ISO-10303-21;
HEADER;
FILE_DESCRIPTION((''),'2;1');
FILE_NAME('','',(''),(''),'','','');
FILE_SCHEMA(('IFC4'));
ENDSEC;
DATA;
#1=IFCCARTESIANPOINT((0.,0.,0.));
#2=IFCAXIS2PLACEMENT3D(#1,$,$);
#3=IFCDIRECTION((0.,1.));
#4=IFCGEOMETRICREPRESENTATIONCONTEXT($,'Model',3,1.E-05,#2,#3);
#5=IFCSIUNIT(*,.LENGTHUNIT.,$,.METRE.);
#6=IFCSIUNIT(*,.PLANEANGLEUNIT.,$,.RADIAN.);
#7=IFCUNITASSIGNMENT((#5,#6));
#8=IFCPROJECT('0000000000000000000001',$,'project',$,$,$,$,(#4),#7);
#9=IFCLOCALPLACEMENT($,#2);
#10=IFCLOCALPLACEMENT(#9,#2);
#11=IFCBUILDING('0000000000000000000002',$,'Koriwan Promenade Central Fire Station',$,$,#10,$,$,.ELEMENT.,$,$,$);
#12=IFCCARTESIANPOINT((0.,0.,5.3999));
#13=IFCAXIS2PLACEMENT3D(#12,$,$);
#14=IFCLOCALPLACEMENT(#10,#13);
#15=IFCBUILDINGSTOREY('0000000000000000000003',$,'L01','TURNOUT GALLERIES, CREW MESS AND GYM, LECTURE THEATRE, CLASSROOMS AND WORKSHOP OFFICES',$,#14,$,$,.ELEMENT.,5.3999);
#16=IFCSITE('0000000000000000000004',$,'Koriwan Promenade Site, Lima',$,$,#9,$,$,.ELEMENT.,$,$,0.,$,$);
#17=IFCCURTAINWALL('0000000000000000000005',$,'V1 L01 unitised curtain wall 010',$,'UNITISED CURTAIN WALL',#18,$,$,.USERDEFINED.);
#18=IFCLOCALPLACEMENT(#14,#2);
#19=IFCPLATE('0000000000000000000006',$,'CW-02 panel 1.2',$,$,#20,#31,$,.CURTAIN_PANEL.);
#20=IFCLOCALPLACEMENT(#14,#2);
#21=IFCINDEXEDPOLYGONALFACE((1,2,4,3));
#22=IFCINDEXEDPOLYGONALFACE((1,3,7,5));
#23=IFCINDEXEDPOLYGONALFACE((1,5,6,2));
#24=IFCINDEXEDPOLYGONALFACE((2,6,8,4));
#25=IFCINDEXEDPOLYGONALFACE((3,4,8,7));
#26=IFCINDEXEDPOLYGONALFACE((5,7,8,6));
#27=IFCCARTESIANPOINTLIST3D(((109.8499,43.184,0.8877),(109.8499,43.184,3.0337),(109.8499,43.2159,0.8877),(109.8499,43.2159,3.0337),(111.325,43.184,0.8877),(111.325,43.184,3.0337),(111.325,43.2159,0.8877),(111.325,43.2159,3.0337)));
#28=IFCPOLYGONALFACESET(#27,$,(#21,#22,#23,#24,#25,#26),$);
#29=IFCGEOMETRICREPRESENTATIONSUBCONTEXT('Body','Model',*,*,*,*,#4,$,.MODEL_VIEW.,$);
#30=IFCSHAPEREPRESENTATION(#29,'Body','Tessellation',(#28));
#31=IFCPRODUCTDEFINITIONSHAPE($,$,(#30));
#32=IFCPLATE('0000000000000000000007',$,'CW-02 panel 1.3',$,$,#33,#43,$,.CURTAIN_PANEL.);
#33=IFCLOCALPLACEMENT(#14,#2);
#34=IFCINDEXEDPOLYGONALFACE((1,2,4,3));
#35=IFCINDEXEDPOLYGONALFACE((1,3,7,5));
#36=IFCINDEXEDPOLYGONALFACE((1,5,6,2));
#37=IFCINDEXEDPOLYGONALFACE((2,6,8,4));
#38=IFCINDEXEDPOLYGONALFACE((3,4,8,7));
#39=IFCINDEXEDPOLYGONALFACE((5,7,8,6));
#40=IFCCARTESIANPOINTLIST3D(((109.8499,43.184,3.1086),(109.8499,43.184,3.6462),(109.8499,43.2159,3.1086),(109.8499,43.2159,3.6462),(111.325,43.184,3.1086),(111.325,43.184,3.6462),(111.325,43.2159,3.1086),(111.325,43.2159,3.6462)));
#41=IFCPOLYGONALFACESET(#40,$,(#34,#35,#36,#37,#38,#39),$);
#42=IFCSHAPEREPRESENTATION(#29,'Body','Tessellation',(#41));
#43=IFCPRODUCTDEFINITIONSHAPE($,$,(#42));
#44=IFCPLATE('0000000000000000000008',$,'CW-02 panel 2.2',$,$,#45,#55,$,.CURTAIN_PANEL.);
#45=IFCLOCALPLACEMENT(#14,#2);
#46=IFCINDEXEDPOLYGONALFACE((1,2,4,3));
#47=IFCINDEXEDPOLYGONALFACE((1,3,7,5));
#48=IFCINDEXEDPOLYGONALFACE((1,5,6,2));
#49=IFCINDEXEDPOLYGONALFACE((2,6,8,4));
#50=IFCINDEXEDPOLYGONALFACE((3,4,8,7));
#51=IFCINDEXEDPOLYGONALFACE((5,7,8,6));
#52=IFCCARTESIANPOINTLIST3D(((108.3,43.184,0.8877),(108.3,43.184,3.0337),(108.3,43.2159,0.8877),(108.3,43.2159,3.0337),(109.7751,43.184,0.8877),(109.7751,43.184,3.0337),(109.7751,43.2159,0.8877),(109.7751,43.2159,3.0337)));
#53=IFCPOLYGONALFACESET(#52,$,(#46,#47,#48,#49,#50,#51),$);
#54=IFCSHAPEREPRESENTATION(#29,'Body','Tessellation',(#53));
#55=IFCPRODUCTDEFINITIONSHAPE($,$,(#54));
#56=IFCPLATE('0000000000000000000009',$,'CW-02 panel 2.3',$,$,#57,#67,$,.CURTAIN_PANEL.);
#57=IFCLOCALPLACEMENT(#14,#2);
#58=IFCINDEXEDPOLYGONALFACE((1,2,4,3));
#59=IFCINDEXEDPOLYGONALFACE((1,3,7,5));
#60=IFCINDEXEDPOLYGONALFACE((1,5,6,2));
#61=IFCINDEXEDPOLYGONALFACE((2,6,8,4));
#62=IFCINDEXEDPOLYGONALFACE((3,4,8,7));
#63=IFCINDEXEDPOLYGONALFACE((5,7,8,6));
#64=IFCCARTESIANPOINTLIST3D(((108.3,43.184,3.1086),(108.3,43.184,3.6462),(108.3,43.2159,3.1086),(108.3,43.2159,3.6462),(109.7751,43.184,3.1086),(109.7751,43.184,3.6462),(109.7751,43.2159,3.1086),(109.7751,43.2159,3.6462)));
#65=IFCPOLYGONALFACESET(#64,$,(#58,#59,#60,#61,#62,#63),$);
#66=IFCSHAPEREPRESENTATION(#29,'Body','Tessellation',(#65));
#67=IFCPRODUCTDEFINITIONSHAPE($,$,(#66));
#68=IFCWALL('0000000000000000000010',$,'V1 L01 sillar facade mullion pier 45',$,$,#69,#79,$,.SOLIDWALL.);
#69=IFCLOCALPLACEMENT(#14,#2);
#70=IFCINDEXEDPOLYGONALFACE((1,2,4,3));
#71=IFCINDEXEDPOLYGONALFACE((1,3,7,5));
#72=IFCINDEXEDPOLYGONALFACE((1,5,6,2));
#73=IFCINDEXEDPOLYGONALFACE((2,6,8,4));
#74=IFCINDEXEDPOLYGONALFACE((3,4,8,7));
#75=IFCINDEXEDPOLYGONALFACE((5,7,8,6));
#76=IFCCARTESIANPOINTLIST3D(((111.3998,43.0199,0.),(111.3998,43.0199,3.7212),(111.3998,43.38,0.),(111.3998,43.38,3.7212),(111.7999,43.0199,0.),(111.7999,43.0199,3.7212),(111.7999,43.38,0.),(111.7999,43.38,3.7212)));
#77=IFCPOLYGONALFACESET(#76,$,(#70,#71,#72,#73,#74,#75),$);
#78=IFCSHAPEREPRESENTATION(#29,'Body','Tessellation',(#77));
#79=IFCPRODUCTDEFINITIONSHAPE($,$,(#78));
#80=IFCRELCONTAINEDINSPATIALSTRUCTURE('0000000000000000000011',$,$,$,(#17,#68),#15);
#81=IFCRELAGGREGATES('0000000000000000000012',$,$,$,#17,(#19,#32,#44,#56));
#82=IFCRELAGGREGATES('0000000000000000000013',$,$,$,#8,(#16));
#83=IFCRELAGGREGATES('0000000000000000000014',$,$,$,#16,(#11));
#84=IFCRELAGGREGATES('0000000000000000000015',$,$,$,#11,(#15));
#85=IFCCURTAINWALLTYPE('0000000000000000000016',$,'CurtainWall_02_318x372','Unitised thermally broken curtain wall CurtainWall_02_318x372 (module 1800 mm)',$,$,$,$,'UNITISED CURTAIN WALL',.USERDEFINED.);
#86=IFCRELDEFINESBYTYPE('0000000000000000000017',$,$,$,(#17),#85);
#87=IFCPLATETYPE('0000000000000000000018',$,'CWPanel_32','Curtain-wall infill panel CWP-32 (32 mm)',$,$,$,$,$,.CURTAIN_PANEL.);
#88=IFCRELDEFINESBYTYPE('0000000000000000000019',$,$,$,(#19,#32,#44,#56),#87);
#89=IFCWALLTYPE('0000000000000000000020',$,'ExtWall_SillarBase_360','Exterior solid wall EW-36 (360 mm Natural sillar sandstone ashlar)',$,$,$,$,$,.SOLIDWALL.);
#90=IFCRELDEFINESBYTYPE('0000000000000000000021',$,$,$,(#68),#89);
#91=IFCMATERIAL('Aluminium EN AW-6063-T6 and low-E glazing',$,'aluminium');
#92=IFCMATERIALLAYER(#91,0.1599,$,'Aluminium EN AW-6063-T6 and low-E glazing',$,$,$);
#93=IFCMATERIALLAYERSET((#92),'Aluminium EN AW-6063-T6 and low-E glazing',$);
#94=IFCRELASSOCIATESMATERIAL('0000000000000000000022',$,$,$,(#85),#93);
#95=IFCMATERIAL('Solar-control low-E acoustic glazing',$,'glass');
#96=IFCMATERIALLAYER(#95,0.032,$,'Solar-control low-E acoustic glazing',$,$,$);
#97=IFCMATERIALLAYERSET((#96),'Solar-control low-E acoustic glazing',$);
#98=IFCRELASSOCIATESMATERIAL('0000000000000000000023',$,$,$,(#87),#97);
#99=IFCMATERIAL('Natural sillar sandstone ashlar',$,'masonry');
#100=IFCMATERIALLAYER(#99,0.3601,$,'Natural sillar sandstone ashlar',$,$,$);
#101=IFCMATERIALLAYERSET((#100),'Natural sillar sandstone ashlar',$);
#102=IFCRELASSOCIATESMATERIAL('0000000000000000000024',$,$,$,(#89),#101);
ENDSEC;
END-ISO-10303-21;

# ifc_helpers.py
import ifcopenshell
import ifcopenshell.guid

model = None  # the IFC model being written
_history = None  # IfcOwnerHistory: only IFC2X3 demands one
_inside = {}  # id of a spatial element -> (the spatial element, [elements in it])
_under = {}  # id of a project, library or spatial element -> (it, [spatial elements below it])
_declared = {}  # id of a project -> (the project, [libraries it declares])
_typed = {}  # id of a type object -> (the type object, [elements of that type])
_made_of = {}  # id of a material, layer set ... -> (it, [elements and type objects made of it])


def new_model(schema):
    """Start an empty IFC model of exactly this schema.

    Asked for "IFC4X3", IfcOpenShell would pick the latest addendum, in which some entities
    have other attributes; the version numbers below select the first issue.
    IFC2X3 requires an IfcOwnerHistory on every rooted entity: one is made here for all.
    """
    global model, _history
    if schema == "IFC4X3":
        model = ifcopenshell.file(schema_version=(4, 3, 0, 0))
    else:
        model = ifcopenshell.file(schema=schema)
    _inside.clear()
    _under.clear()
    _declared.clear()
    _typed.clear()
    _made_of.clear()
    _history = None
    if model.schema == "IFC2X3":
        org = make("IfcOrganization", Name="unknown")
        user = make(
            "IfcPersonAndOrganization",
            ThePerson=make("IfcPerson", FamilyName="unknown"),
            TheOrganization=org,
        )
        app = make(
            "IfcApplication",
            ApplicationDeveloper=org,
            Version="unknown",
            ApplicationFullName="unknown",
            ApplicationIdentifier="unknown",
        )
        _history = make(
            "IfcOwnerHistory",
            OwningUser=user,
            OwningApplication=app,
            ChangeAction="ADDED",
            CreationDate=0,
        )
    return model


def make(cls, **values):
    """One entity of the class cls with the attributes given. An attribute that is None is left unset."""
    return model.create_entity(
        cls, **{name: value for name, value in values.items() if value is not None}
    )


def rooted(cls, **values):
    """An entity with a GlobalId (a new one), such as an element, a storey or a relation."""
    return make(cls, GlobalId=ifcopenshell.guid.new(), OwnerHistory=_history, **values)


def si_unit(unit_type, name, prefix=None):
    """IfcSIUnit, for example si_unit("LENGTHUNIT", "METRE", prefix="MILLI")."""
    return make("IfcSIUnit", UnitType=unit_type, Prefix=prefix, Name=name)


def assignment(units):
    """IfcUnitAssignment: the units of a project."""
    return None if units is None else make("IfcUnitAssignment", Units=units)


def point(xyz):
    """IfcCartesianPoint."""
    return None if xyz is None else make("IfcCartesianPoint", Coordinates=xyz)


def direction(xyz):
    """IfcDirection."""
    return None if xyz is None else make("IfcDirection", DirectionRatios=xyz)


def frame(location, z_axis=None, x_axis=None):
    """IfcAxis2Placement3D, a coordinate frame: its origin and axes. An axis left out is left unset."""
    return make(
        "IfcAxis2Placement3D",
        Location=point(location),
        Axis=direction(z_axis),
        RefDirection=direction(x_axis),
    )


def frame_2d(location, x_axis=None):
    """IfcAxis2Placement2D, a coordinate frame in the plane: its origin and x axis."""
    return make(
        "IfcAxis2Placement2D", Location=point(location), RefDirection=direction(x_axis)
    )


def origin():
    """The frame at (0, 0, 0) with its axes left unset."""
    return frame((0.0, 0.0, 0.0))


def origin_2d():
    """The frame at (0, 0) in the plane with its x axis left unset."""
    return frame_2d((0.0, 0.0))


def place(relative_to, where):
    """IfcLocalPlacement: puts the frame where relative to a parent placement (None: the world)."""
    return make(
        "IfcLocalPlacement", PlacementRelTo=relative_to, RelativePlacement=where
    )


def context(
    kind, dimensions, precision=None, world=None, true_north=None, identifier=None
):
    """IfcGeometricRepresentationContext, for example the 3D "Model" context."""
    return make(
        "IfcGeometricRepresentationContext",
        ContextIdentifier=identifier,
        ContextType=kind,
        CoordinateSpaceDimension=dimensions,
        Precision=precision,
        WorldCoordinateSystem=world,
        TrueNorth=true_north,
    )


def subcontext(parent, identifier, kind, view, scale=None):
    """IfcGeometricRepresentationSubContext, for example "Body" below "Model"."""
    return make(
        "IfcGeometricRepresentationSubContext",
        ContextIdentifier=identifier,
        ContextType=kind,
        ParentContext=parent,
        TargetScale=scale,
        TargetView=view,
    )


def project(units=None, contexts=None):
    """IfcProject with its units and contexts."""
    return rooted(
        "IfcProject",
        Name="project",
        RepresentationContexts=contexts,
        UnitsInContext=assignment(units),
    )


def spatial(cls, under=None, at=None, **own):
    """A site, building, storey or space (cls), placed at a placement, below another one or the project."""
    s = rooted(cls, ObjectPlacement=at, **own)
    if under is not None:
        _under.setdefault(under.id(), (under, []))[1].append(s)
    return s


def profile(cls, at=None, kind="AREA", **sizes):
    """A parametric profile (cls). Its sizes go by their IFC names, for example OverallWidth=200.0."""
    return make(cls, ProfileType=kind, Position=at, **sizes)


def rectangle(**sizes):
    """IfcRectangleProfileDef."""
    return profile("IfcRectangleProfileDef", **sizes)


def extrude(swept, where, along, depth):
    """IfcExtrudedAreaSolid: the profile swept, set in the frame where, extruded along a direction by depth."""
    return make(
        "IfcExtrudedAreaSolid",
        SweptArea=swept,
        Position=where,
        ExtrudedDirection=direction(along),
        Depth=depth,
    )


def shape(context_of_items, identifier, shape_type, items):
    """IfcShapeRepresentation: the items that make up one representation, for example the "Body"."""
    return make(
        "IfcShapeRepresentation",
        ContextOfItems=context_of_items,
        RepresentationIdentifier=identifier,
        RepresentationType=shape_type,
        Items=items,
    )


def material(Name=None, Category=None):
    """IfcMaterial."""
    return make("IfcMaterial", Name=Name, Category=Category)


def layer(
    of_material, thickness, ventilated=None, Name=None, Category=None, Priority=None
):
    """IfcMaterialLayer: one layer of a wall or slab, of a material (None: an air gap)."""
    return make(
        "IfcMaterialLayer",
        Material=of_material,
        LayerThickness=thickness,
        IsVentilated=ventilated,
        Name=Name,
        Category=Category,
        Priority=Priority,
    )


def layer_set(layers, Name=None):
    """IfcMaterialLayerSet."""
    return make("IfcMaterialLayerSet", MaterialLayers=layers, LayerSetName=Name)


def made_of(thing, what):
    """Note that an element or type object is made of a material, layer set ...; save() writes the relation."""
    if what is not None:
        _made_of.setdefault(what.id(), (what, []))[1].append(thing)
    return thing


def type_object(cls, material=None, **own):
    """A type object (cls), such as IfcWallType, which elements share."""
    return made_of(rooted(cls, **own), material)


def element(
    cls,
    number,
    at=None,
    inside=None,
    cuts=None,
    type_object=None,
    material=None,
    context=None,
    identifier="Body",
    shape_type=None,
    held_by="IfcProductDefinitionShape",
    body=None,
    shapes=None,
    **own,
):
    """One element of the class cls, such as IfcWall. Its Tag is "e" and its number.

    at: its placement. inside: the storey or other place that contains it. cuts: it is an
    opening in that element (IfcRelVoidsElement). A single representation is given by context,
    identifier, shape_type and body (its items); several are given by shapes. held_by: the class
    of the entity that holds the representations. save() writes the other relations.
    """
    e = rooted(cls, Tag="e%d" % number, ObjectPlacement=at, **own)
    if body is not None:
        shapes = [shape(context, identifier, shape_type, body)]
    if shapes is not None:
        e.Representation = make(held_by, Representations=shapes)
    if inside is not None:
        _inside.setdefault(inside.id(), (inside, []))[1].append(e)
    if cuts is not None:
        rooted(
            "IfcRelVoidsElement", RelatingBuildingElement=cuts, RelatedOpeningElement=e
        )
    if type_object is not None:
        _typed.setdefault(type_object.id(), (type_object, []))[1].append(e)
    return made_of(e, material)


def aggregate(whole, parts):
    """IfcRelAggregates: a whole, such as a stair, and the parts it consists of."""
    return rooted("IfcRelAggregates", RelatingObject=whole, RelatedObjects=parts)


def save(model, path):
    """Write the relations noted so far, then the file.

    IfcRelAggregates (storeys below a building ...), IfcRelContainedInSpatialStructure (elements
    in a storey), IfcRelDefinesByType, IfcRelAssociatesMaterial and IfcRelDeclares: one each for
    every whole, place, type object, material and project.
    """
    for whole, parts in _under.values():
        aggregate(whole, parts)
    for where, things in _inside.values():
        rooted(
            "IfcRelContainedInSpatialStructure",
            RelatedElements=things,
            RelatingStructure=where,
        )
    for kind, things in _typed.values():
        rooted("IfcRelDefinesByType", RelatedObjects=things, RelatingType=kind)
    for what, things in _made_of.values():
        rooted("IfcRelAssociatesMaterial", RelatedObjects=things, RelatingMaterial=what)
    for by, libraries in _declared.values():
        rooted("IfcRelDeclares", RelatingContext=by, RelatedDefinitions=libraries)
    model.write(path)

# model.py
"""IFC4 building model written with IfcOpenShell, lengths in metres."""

from ifc_helpers import new_model, si_unit, direction, frame, frame_2d, origin, origin_2d, place, context, subcontext, project, spatial, rectangle, extrude, material, layer, layer_set, type_object, element, aggregate, save


model = new_model("IFC4")

# Units and contexts
model_context = context("Model", 3, precision=1e-05, world=origin(), true_north=direction((0.0, 1.0)))
body_context = subcontext(model_context, "Body", "Model", "MODEL_VIEW")
ifc_project = project(units=[si_unit("LENGTHUNIT", "METRE"), si_unit("PLANEANGLEUNIT", "RADIAN")], contexts=[model_context])

# Site, building, storey
site_placement = place(None, origin())
site = spatial("IfcSite", under=ifc_project, at=site_placement, Name="Koriwan Promenade Site, Lima", CompositionType="ELEMENT", RefElevation=0.0)
building_placement = place(site_placement, origin())
building = spatial("IfcBuilding", under=site, at=building_placement, Name="Koriwan Promenade Central Fire Station", CompositionType="ELEMENT")
storey_placement = place(building_placement, frame((0.0, 0.0, 5.3999)))
storey = spatial("IfcBuildingStorey", under=building, at=storey_placement, Name="L01", Description="TURNOUT GALLERIES, CREW MESS AND GYM, LECTURE THEATRE, CLASSROOMS AND WORKSHOP OFFICES", CompositionType="ELEMENT", Elevation=5.3999)

# Curtain wall
ifc_material_1 = material(Name="Aluminium EN AW-6063-T6 and low-E glazing", Category="aluminium")
ifc_layer_1 = layer(ifc_material_1, 0.1599, Name="Aluminium EN AW-6063-T6 and low-E glazing")
ifc_layer_set_1 = layer_set([ifc_layer_1], Name="Aluminium EN AW-6063-T6 and low-E glazing")
curtain_wall_type_1 = type_object("IfcCurtainWallType", Name="CurtainWall_02_318x372", Description="Unitised thermally broken curtain wall CurtainWall_02_318x372 (module 1800 mm)", ElementType="UNITISED CURTAIN WALL", PredefinedType="USERDEFINED", material=ifc_layer_set_1)
curtain_wall_1_placement = place(storey_placement, origin())
curtain_wall_1 = element("IfcCurtainWall", 1, at=curtain_wall_1_placement, inside=storey, type_object=curtain_wall_type_1, Name="V1 L01 unitised curtain wall 010", ObjectType="UNITISED CURTAIN WALL", PredefinedType="USERDEFINED")

# Plates
ifc_material_2 = material(Name="Solar-control low-E acoustic glazing", Category="glass")
ifc_layer_2 = layer(ifc_material_2, 0.032, Name="Solar-control low-E acoustic glazing")
ifc_layer_set_2 = layer_set([ifc_layer_2], Name="Solar-control low-E acoustic glazing")
plate_type = type_object("IfcPlateType", Name="CWPanel_32", Description="Curtain-wall infill panel CWP-32 (32 mm)", PredefinedType="CURTAIN_PANEL", material=ifc_layer_set_2)
plate_1_placement = place(storey_placement, frame((110.5874, 43.2, 0.8877), z_axis=(0.0, 0.0, 1.0), x_axis=(-1.0, 0.0, 0.0)))
plate_1 = element("IfcPlate", 2, at=plate_1_placement, type_object=plate_type, Name="CW-02 panel 1.2", PredefinedType="CURTAIN_PANEL", context=body_context, shape_type="SweptSolid", body=[
    extrude(rectangle(XDim=1.4751, YDim=0.032, at=origin_2d()), origin(), (0.0, 0.0, 1.0), 2.146),
])
plate_2_placement = place(storey_placement, frame((110.5874, 43.2, 3.1086), z_axis=(0.0, 0.0, 1.0), x_axis=(-1.0, 0.0, 0.0)))
plate_2 = element("IfcPlate", 3, at=plate_2_placement, type_object=plate_type, Name="CW-02 panel 1.3", PredefinedType="CURTAIN_PANEL", context=body_context, shape_type="SweptSolid", body=[
    extrude(rectangle(XDim=1.4751, YDim=0.032, at=origin_2d()), origin(), (0.0, 0.0, 1.0), 0.5376),
])
plate_3_placement = place(storey_placement, frame((109.0376, 43.2, 0.8877), z_axis=(0.0, 0.0, 1.0), x_axis=(-1.0, 0.0, 0.0)))
plate_3 = element("IfcPlate", 4, at=plate_3_placement, type_object=plate_type, Name="CW-02 panel 2.2", PredefinedType="CURTAIN_PANEL", context=body_context, shape_type="SweptSolid", body=[
    extrude(rectangle(XDim=1.4751, YDim=0.032, at=origin_2d()), origin(), (0.0, 0.0, 1.0), 2.146),
])
plate_4_placement = place(storey_placement, frame((109.0376, 43.2, 3.1086), z_axis=(0.0, 0.0, 1.0), x_axis=(-1.0, 0.0, 0.0)))
plate_4 = element("IfcPlate", 5, at=plate_4_placement, type_object=plate_type, Name="CW-02 panel 2.3", PredefinedType="CURTAIN_PANEL", context=body_context, shape_type="SweptSolid", body=[
    extrude(rectangle(XDim=1.4751, YDim=0.032, at=origin_2d()), origin(), (0.0, 0.0, 1.0), 0.5376),
])
aggregate(curtain_wall_1, [plate_1, plate_2, plate_3, plate_4])

# Wall
ifc_material_3 = material(Name="Natural sillar sandstone ashlar", Category="masonry")
ifc_layer_3 = layer(ifc_material_3, 0.3601, Name="Natural sillar sandstone ashlar")
ifc_layer_set_3 = layer_set([ifc_layer_3], Name="Natural sillar sandstone ashlar")
wall_type = type_object("IfcWallType", Name="ExtWall_SillarBase_360", Description="Exterior solid wall EW-36 (360 mm Natural sillar sandstone ashlar)", PredefinedType="SOLIDWALL", material=ifc_layer_set_3)
wall_placement = place(storey_placement, frame((111.8, 43.2, 0.0), z_axis=(0.0, 0.0, 1.0), x_axis=(-1.0, 0.0, 0.0)))
element("IfcWall", 6, at=wall_placement, inside=storey, type_object=wall_type, Name="V1 L01 sillar facade mullion pier 45", PredefinedType="SOLIDWALL", context=body_context, shape_type="SweptSolid", body=[
    extrude(rectangle(XDim=0.4001, YDim=0.3601, at=frame_2d((0.2002, 0.0))), origin(), (0.0, 0.0, 1.0), 3.7212),
])

save(model, "model.ifc")
